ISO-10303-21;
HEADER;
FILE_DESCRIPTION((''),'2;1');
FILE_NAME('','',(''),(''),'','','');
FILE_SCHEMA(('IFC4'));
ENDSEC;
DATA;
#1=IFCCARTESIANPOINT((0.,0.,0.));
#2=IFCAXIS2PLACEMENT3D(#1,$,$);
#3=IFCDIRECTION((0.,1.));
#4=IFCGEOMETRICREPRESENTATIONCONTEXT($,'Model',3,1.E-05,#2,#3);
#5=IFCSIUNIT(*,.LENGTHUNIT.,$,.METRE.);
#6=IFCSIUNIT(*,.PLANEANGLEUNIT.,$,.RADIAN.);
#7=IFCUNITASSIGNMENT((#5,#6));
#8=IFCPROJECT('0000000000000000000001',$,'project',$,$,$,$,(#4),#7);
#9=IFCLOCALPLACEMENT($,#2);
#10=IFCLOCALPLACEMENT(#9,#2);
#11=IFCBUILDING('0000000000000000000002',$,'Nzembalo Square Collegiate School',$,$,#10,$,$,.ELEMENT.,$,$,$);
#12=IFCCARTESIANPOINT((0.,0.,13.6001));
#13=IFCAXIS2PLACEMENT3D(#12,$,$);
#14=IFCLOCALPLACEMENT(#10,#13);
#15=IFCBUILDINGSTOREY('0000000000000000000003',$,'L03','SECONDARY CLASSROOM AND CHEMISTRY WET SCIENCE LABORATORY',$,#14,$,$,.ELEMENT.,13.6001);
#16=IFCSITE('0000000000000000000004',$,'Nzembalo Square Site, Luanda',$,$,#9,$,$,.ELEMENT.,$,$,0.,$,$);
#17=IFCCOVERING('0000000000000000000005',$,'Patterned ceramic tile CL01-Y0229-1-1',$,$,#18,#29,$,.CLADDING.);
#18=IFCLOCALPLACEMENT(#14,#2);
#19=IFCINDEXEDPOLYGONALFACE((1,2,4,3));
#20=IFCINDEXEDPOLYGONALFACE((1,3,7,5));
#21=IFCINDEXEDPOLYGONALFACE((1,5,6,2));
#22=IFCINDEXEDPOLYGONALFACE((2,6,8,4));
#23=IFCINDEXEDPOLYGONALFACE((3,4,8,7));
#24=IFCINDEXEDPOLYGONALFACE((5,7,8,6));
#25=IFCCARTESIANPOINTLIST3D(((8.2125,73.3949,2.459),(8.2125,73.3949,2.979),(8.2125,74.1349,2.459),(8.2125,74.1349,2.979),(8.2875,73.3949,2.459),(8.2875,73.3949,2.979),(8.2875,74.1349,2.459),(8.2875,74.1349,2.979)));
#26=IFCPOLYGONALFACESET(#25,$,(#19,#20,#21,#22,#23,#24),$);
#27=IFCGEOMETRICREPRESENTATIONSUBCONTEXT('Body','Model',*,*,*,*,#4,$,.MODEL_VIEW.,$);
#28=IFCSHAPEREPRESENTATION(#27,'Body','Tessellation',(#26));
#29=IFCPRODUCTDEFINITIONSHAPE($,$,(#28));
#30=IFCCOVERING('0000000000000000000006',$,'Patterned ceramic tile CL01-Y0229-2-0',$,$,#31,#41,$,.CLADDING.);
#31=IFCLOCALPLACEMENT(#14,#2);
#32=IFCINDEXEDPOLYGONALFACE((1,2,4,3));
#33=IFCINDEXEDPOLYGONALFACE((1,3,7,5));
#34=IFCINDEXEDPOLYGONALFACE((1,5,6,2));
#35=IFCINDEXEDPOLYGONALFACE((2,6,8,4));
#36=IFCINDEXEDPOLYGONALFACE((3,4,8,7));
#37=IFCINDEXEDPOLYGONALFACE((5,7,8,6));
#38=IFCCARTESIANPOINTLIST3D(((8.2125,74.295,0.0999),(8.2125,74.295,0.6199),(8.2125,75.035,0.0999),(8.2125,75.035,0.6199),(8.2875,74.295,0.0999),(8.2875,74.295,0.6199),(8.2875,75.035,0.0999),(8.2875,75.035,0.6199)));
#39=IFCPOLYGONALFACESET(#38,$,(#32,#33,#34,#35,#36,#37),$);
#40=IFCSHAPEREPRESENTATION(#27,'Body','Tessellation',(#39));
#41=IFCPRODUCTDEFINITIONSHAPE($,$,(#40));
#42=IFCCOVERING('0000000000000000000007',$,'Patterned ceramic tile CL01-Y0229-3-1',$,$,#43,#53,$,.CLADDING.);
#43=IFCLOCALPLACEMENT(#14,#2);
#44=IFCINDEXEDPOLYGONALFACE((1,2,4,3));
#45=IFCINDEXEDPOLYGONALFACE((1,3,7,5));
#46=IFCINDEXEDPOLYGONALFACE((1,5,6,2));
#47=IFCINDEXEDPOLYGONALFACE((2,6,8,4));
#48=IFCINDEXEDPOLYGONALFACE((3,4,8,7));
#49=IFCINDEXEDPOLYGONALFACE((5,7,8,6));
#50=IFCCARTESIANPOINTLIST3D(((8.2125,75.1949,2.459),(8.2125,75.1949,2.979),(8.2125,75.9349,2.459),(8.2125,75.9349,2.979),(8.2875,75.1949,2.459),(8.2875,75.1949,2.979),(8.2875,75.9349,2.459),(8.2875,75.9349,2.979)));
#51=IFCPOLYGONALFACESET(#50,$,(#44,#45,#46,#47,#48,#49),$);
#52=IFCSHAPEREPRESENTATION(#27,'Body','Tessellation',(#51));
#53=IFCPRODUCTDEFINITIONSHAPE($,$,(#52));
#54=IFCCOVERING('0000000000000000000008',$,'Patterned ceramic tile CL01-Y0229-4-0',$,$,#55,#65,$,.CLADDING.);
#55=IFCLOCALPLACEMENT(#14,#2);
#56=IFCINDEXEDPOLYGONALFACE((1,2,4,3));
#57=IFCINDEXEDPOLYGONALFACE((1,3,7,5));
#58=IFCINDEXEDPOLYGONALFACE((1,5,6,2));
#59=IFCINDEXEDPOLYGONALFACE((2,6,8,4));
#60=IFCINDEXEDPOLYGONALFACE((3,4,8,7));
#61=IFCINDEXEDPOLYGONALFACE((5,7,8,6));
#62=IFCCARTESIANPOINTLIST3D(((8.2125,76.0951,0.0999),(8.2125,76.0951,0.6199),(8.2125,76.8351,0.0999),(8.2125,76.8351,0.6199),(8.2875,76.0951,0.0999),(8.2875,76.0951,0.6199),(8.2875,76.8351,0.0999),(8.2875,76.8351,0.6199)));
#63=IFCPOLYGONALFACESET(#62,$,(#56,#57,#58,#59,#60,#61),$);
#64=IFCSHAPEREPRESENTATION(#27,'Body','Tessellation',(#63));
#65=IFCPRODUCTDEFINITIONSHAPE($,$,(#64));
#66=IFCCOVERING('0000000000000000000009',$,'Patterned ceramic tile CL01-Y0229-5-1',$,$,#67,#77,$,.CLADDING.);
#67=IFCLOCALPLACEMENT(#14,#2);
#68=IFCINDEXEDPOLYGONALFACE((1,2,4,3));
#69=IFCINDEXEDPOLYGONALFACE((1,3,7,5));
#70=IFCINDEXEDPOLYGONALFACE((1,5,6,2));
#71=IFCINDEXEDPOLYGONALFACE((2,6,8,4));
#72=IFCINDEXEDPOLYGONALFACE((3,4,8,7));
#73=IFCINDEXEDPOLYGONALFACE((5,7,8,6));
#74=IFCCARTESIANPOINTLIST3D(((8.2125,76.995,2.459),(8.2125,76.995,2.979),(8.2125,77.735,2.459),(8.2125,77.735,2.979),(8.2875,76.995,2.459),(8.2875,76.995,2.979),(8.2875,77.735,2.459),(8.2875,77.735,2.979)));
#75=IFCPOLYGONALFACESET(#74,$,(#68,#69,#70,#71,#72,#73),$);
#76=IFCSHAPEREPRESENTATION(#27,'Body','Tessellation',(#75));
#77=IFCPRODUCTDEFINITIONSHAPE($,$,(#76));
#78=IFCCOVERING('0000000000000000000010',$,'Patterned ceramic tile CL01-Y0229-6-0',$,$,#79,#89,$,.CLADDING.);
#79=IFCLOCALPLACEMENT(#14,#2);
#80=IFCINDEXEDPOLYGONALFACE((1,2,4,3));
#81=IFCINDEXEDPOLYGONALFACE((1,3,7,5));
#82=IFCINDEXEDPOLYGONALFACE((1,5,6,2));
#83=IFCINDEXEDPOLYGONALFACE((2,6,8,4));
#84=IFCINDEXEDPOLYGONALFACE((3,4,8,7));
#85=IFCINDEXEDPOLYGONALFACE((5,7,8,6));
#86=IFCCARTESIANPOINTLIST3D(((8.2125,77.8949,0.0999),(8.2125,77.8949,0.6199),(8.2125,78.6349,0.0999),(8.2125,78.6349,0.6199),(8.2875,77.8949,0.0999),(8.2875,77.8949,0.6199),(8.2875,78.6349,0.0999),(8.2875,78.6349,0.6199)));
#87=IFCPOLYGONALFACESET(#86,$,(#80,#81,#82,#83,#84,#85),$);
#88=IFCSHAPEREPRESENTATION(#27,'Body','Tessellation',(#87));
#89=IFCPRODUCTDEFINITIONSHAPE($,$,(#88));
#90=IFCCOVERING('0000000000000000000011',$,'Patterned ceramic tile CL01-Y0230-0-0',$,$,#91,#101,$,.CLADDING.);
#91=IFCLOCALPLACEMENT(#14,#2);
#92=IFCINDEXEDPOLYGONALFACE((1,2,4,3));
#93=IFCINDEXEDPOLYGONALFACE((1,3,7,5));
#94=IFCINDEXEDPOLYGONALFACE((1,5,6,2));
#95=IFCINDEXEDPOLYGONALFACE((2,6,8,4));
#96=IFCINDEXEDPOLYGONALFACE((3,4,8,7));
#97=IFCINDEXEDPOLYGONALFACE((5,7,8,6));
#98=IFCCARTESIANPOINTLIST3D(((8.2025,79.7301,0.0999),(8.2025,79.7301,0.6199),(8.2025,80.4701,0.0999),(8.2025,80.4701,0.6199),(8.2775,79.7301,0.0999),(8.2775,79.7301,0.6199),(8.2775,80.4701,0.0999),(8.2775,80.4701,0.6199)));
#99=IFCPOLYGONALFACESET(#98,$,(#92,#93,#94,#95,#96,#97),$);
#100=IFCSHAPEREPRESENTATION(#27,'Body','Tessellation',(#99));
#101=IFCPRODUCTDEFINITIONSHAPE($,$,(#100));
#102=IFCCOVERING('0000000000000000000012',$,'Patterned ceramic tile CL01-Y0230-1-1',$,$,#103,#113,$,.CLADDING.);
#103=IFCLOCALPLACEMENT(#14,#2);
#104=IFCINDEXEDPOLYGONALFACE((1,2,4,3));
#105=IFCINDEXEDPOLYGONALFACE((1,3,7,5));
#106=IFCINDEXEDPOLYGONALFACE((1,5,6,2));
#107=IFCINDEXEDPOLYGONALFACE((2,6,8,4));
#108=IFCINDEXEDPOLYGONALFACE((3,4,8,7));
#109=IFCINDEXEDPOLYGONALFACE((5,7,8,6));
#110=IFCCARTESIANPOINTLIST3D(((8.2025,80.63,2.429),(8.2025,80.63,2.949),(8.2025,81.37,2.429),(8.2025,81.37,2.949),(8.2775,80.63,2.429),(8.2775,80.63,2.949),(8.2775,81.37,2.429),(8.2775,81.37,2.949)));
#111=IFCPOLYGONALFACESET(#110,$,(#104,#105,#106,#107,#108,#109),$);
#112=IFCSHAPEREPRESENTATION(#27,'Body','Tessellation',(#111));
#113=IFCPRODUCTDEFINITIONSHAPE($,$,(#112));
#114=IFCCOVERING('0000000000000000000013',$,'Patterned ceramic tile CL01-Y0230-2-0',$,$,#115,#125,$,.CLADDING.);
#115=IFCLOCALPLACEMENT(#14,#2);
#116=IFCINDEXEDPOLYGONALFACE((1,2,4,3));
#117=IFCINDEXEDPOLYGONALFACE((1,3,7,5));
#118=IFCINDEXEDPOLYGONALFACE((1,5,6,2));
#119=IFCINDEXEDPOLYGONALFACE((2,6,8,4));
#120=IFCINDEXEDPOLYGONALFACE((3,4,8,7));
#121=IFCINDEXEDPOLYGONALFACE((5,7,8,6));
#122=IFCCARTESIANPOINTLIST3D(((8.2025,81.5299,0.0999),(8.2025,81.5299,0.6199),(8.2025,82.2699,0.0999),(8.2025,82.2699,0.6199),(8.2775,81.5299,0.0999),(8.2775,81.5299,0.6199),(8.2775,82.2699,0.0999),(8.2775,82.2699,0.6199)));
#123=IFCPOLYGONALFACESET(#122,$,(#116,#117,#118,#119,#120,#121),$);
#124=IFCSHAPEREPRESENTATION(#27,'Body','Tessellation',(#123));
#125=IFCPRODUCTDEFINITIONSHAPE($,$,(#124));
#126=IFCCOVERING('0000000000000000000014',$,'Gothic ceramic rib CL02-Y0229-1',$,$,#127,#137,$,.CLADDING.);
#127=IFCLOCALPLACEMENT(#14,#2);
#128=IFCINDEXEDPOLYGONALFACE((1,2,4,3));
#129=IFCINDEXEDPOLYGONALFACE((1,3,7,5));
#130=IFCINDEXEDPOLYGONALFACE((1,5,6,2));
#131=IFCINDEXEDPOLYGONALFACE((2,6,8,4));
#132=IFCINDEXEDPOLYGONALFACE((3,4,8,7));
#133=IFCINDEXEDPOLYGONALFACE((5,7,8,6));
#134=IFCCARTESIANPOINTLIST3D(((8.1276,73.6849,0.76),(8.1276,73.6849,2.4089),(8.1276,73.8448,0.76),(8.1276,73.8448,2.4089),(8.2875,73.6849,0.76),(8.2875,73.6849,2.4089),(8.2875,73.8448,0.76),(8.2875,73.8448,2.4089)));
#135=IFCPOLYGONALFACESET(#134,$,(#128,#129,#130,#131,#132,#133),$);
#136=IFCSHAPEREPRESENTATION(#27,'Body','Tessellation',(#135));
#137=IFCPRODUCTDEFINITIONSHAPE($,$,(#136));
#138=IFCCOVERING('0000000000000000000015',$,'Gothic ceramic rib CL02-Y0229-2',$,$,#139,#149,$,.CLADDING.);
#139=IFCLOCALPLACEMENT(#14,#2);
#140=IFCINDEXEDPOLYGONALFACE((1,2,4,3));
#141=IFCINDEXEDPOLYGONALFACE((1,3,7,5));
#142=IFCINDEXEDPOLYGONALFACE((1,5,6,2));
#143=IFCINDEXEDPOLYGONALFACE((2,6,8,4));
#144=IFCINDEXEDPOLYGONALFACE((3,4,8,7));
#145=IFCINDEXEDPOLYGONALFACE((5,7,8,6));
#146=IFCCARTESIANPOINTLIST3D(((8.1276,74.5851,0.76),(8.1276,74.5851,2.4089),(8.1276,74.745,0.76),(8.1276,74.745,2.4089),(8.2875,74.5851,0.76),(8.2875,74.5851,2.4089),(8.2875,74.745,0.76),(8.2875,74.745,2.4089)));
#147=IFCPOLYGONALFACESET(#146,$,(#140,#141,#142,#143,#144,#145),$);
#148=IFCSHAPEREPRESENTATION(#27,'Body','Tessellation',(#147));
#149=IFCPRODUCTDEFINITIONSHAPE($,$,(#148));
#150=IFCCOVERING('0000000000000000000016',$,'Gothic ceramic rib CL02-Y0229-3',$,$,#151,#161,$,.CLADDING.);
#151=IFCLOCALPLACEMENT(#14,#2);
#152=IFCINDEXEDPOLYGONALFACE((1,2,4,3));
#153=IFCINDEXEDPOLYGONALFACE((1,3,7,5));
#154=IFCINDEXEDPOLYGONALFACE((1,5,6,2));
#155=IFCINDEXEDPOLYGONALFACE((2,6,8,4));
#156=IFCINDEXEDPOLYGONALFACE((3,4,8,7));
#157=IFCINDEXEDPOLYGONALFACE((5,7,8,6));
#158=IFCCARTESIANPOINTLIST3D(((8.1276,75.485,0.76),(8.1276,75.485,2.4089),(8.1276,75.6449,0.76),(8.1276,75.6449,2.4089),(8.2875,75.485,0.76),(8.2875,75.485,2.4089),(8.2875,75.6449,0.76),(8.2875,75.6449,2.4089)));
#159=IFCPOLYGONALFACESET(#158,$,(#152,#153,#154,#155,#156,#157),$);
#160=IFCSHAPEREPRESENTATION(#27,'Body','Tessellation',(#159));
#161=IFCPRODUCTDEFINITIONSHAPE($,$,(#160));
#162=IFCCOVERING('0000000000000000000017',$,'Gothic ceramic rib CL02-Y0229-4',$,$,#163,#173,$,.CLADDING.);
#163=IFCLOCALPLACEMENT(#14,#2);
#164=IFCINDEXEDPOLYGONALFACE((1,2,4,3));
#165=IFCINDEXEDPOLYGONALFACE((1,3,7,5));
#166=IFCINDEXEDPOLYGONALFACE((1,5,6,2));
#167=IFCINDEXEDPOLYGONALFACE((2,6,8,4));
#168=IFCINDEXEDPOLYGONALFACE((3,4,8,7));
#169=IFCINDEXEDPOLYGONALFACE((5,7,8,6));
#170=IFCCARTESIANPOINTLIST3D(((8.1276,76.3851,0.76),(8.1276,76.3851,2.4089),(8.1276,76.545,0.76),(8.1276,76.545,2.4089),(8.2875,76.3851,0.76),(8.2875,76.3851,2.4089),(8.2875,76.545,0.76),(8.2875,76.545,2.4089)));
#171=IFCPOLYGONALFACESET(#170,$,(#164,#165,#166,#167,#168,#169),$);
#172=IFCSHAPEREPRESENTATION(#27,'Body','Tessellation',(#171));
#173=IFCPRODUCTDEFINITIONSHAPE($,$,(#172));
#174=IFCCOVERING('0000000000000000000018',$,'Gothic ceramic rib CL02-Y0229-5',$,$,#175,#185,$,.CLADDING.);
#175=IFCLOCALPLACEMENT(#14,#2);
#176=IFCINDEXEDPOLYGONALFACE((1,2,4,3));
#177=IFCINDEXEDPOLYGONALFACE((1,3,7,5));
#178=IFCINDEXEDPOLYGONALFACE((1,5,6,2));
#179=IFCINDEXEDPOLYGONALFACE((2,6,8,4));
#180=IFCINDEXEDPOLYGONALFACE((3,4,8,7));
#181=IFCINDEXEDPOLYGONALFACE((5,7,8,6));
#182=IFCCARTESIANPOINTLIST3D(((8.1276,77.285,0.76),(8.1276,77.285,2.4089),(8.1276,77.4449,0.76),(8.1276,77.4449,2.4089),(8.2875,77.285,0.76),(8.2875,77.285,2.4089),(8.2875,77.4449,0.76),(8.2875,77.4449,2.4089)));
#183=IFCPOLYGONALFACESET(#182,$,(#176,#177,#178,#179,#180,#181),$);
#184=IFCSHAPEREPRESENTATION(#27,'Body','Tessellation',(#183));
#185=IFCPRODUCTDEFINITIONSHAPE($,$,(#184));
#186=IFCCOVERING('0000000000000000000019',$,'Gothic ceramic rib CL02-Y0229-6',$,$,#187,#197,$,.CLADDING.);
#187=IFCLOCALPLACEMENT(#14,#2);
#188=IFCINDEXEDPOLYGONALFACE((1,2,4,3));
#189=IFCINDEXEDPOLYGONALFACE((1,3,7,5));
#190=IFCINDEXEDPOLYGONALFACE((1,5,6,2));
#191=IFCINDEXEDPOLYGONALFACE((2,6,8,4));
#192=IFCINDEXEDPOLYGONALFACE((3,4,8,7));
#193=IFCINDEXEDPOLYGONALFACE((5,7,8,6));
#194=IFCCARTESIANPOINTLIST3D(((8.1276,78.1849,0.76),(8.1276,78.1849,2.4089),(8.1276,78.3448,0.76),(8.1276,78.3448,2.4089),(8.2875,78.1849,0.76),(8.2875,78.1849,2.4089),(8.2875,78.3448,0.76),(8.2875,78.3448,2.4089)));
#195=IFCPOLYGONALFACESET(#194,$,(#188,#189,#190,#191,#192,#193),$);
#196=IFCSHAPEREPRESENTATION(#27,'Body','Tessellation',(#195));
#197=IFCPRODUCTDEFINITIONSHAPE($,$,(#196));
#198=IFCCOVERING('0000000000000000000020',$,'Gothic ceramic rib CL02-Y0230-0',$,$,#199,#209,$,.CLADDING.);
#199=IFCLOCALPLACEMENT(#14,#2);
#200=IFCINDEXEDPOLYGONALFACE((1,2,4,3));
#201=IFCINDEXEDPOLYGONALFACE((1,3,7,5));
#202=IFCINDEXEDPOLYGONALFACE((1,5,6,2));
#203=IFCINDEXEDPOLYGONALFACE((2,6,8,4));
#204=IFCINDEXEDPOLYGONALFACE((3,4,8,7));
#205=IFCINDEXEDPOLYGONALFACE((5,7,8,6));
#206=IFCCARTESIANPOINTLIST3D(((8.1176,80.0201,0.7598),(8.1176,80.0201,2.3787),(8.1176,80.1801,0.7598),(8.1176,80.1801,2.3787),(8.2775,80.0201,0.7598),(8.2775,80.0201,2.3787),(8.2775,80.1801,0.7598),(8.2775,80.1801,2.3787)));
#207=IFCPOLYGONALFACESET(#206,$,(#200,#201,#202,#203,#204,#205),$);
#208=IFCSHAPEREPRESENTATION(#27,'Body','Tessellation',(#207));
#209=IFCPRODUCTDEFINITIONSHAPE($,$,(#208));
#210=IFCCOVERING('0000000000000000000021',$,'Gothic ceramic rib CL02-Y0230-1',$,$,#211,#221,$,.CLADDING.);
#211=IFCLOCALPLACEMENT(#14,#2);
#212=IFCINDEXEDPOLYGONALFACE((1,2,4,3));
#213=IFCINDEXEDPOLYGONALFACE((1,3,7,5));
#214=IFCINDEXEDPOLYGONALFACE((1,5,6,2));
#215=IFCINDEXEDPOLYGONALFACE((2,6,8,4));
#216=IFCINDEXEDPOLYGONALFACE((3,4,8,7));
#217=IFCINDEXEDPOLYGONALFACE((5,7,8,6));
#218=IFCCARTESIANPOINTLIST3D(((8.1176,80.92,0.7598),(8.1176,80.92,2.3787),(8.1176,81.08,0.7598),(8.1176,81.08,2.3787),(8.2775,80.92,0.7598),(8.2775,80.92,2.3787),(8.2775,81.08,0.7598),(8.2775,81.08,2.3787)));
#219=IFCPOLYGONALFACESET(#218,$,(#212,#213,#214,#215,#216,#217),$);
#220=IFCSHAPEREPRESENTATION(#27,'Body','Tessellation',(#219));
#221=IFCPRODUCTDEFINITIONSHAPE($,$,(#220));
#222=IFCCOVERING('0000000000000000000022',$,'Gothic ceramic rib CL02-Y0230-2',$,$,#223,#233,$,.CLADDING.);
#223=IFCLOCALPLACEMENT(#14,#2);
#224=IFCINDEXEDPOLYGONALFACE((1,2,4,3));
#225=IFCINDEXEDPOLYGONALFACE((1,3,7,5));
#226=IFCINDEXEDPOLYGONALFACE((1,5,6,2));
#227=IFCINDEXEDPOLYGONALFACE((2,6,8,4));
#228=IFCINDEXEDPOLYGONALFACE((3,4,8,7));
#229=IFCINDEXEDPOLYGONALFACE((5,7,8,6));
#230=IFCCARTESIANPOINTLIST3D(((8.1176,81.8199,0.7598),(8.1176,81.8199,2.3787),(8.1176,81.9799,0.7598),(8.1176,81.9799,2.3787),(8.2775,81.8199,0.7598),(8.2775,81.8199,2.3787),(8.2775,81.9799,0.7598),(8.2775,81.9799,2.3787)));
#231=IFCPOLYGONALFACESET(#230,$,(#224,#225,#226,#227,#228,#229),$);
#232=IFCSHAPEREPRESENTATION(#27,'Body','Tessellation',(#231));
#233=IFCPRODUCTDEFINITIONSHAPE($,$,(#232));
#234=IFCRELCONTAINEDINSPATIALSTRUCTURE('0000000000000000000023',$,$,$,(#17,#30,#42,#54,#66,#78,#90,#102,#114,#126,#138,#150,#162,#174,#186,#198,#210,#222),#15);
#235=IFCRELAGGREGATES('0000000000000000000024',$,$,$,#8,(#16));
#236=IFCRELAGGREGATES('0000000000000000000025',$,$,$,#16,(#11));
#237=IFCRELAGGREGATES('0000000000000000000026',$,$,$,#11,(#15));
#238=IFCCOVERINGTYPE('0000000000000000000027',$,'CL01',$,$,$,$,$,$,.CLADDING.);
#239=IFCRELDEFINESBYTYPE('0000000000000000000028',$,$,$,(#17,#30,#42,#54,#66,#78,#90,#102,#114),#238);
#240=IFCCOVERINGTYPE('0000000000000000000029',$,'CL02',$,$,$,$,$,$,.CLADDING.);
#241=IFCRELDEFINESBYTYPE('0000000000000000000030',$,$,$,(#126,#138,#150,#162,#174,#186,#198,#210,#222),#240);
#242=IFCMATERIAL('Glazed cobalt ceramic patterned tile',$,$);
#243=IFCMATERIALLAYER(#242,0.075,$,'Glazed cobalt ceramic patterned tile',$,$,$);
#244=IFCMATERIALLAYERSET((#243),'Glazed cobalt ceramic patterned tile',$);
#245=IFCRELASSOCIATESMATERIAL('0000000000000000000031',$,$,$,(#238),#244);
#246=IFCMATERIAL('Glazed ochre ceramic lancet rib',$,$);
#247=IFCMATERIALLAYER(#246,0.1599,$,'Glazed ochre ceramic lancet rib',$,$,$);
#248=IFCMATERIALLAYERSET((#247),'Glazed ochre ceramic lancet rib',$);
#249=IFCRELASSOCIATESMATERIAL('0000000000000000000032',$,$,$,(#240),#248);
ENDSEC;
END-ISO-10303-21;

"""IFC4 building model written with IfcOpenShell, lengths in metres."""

from ifc_helpers import new_model, si_unit, direction, frame, origin, origin_2d, place, context, subcontext, project, spatial, rectangle, extrude, material, layer, layer_set, type_object, element, save


model = new_model("IFC4")

# Units and contexts
model_context = context("Model", 3, precision=1e-05, world=origin(), true_north=direction((0.0, 1.0)))
body_context = subcontext(model_context, "Body", "Model", "MODEL_VIEW")
ifc_project = project(units=[si_unit("LENGTHUNIT", "METRE"), si_unit("PLANEANGLEUNIT", "RADIAN")], contexts=[model_context])

# Site, building, storey
site_placement = place(None, origin())
site = spatial("IfcSite", under=ifc_project, at=site_placement, Name="Nzembalo Square Site, Luanda", CompositionType="ELEMENT", RefElevation=0.0)
building_placement = place(site_placement, origin())
building = spatial("IfcBuilding", under=site, at=building_placement, Name="Nzembalo Square Collegiate School", CompositionType="ELEMENT")
storey_placement = place(building_placement, frame((0.0, 0.0, 13.6001)))
storey = spatial("IfcBuildingStorey", under=building, at=storey_placement, Name="L03", Description="SECONDARY CLASSROOM AND CHEMISTRY WET SCIENCE LABORATORY", CompositionType="ELEMENT", Elevation=13.6001)

# Coverings
ifc_material_1 = material(Name="Glazed cobalt ceramic patterned tile")
ifc_layer_1 = layer(ifc_material_1, 0.075, Name="Glazed cobalt ceramic patterned tile")
ifc_layer_set_1 = layer_set([ifc_layer_1], Name="Glazed cobalt ceramic patterned tile")
covering_type_1 = type_object("IfcCoveringType", Name="CL01", PredefinedType="CLADDING", material=ifc_layer_set_1)
for number, where, z_axis, x_axis, name in (
    (1, (8.25, 73.7649, 2.459), (0.0, 0.0, 1.0), (1.0, 0.0, 0.0), "Patterned ceramic tile CL01-Y0229-1-1"),
    (2, (8.25, 74.665, 0.0999), (0.0, 0.0, 1.0), (1.0, 0.0, 0.0), "Patterned ceramic tile CL01-Y0229-2-0"),
    (3, (8.25, 75.5649, 2.459), (0.0, 0.0, 1.0), (1.0, 0.0, 0.0), "Patterned ceramic tile CL01-Y0229-3-1"),
    (4, (8.25, 76.4651, 0.0999), (0.0, 0.0, 1.0), (1.0, 0.0, 0.0), "Patterned ceramic tile CL01-Y0229-4-0"),
    (5, (8.25, 77.365, 2.459), (0.0, 0.0, 1.0), (1.0, 0.0, 0.0), "Patterned ceramic tile CL01-Y0229-5-1"),
    (6, (8.25, 78.2649, 0.0999), (0.0, 0.0, 1.0), (1.0, 0.0, 0.0), "Patterned ceramic tile CL01-Y0229-6-0"),
    (7, (8.24, 80.1001, 0.0999), (0.0, 0.0, 1.0), (1.0, 0.0, 0.0), "Patterned ceramic tile CL01-Y0230-0-0"),
    (8, (8.24, 81.0, 2.429), (0.0, 0.0, 1.0), (1.0, 0.0, 0.0), "Patterned ceramic tile CL01-Y0230-1-1"),
    (9, (8.24, 81.8999, 0.0999), (0.0, 0.0, 1.0), (1.0, 0.0, 0.0), "Patterned ceramic tile CL01-Y0230-2-0"),
):
    element("IfcCovering", number, at=place(storey_placement, frame(where, z_axis=z_axis, x_axis=x_axis)), inside=storey, type_object=covering_type_1, Name=name, PredefinedType="CLADDING", context=body_context, shape_type="SweptSolid", body=[
        extrude(rectangle(XDim=0.075, YDim=0.74, at=origin_2d()), origin(), (0.0, 0.0, 1.0), 0.52),
    ])
ifc_material_2 = material(Name="Glazed ochre ceramic lancet rib")
ifc_layer_2 = layer(ifc_material_2, 0.1599, Name="Glazed ochre ceramic lancet rib")
ifc_layer_set_2 = layer_set([ifc_layer_2], Name="Glazed ochre ceramic lancet rib")
covering_type_2 = type_object("IfcCoveringType", Name="CL02", PredefinedType="CLADDING", material=ifc_layer_set_2)
for number, where, z_axis, x_axis, name in (
    (10, (8.2075, 73.7649, 0.76), (0.0, 0.0, 1.0), (1.0, 0.0, 0.0), "Gothic ceramic rib CL02-Y0229-1"),
    (11, (8.2075, 74.665, 0.76), (0.0, 0.0, 1.0), (1.0, 0.0, 0.0), "Gothic ceramic rib CL02-Y0229-2"),
    (12, (8.2075, 75.5649, 0.76), (0.0, 0.0, 1.0), (1.0, 0.0, 0.0), "Gothic ceramic rib CL02-Y0229-3"),
    (13, (8.2075, 76.4651, 0.76), (0.0, 0.0, 1.0), (1.0, 0.0, 0.0), "Gothic ceramic rib CL02-Y0229-4"),
    (14, (8.2075, 77.365, 0.76), (0.0, 0.0, 1.0), (1.0, 0.0, 0.0), "Gothic ceramic rib CL02-Y0229-5"),
    (15, (8.2075, 78.2649, 0.76), (0.0, 0.0, 1.0), (1.0, 0.0, 0.0), "Gothic ceramic rib CL02-Y0229-6"),
):
    element("IfcCovering", number, at=place(storey_placement, frame(where, z_axis=z_axis, x_axis=x_axis)), inside=storey, type_object=covering_type_2, Name=name, PredefinedType="CLADDING", context=body_context, shape_type="SweptSolid", body=[
        extrude(rectangle(XDim=0.1599, YDim=0.1599, at=origin_2d()), origin(), (0.0, 0.0, 1.0), 1.6489),
    ])
for number, where, z_axis, x_axis, name in (
    (16, (8.1975, 80.1001, 0.7598), (0.0, 0.0, 1.0), (1.0, 0.0, 0.0), "Gothic ceramic rib CL02-Y0230-0"),
    (17, (8.1975, 81.0, 0.7598), (0.0, 0.0, 1.0), (1.0, 0.0, 0.0), "Gothic ceramic rib CL02-Y0230-1"),
    (18, (8.1975, 81.8999, 0.7598), (0.0, 0.0, 1.0), (1.0, 0.0, 0.0), "Gothic ceramic rib CL02-Y0230-2"),
):
    element("IfcCovering", number, at=place(storey_placement, frame(where, z_axis=z_axis, x_axis=x_axis)), inside=storey, type_object=covering_type_2, Name=name, PredefinedType="CLADDING", context=body_context, shape_type="SweptSolid", body=[
        extrude(rectangle(XDim=0.1599, YDim=0.1599, at=origin_2d()), origin(), (0.0, 0.0, 1.0), 1.6189),
    ])

save(model, "model.ifc")
